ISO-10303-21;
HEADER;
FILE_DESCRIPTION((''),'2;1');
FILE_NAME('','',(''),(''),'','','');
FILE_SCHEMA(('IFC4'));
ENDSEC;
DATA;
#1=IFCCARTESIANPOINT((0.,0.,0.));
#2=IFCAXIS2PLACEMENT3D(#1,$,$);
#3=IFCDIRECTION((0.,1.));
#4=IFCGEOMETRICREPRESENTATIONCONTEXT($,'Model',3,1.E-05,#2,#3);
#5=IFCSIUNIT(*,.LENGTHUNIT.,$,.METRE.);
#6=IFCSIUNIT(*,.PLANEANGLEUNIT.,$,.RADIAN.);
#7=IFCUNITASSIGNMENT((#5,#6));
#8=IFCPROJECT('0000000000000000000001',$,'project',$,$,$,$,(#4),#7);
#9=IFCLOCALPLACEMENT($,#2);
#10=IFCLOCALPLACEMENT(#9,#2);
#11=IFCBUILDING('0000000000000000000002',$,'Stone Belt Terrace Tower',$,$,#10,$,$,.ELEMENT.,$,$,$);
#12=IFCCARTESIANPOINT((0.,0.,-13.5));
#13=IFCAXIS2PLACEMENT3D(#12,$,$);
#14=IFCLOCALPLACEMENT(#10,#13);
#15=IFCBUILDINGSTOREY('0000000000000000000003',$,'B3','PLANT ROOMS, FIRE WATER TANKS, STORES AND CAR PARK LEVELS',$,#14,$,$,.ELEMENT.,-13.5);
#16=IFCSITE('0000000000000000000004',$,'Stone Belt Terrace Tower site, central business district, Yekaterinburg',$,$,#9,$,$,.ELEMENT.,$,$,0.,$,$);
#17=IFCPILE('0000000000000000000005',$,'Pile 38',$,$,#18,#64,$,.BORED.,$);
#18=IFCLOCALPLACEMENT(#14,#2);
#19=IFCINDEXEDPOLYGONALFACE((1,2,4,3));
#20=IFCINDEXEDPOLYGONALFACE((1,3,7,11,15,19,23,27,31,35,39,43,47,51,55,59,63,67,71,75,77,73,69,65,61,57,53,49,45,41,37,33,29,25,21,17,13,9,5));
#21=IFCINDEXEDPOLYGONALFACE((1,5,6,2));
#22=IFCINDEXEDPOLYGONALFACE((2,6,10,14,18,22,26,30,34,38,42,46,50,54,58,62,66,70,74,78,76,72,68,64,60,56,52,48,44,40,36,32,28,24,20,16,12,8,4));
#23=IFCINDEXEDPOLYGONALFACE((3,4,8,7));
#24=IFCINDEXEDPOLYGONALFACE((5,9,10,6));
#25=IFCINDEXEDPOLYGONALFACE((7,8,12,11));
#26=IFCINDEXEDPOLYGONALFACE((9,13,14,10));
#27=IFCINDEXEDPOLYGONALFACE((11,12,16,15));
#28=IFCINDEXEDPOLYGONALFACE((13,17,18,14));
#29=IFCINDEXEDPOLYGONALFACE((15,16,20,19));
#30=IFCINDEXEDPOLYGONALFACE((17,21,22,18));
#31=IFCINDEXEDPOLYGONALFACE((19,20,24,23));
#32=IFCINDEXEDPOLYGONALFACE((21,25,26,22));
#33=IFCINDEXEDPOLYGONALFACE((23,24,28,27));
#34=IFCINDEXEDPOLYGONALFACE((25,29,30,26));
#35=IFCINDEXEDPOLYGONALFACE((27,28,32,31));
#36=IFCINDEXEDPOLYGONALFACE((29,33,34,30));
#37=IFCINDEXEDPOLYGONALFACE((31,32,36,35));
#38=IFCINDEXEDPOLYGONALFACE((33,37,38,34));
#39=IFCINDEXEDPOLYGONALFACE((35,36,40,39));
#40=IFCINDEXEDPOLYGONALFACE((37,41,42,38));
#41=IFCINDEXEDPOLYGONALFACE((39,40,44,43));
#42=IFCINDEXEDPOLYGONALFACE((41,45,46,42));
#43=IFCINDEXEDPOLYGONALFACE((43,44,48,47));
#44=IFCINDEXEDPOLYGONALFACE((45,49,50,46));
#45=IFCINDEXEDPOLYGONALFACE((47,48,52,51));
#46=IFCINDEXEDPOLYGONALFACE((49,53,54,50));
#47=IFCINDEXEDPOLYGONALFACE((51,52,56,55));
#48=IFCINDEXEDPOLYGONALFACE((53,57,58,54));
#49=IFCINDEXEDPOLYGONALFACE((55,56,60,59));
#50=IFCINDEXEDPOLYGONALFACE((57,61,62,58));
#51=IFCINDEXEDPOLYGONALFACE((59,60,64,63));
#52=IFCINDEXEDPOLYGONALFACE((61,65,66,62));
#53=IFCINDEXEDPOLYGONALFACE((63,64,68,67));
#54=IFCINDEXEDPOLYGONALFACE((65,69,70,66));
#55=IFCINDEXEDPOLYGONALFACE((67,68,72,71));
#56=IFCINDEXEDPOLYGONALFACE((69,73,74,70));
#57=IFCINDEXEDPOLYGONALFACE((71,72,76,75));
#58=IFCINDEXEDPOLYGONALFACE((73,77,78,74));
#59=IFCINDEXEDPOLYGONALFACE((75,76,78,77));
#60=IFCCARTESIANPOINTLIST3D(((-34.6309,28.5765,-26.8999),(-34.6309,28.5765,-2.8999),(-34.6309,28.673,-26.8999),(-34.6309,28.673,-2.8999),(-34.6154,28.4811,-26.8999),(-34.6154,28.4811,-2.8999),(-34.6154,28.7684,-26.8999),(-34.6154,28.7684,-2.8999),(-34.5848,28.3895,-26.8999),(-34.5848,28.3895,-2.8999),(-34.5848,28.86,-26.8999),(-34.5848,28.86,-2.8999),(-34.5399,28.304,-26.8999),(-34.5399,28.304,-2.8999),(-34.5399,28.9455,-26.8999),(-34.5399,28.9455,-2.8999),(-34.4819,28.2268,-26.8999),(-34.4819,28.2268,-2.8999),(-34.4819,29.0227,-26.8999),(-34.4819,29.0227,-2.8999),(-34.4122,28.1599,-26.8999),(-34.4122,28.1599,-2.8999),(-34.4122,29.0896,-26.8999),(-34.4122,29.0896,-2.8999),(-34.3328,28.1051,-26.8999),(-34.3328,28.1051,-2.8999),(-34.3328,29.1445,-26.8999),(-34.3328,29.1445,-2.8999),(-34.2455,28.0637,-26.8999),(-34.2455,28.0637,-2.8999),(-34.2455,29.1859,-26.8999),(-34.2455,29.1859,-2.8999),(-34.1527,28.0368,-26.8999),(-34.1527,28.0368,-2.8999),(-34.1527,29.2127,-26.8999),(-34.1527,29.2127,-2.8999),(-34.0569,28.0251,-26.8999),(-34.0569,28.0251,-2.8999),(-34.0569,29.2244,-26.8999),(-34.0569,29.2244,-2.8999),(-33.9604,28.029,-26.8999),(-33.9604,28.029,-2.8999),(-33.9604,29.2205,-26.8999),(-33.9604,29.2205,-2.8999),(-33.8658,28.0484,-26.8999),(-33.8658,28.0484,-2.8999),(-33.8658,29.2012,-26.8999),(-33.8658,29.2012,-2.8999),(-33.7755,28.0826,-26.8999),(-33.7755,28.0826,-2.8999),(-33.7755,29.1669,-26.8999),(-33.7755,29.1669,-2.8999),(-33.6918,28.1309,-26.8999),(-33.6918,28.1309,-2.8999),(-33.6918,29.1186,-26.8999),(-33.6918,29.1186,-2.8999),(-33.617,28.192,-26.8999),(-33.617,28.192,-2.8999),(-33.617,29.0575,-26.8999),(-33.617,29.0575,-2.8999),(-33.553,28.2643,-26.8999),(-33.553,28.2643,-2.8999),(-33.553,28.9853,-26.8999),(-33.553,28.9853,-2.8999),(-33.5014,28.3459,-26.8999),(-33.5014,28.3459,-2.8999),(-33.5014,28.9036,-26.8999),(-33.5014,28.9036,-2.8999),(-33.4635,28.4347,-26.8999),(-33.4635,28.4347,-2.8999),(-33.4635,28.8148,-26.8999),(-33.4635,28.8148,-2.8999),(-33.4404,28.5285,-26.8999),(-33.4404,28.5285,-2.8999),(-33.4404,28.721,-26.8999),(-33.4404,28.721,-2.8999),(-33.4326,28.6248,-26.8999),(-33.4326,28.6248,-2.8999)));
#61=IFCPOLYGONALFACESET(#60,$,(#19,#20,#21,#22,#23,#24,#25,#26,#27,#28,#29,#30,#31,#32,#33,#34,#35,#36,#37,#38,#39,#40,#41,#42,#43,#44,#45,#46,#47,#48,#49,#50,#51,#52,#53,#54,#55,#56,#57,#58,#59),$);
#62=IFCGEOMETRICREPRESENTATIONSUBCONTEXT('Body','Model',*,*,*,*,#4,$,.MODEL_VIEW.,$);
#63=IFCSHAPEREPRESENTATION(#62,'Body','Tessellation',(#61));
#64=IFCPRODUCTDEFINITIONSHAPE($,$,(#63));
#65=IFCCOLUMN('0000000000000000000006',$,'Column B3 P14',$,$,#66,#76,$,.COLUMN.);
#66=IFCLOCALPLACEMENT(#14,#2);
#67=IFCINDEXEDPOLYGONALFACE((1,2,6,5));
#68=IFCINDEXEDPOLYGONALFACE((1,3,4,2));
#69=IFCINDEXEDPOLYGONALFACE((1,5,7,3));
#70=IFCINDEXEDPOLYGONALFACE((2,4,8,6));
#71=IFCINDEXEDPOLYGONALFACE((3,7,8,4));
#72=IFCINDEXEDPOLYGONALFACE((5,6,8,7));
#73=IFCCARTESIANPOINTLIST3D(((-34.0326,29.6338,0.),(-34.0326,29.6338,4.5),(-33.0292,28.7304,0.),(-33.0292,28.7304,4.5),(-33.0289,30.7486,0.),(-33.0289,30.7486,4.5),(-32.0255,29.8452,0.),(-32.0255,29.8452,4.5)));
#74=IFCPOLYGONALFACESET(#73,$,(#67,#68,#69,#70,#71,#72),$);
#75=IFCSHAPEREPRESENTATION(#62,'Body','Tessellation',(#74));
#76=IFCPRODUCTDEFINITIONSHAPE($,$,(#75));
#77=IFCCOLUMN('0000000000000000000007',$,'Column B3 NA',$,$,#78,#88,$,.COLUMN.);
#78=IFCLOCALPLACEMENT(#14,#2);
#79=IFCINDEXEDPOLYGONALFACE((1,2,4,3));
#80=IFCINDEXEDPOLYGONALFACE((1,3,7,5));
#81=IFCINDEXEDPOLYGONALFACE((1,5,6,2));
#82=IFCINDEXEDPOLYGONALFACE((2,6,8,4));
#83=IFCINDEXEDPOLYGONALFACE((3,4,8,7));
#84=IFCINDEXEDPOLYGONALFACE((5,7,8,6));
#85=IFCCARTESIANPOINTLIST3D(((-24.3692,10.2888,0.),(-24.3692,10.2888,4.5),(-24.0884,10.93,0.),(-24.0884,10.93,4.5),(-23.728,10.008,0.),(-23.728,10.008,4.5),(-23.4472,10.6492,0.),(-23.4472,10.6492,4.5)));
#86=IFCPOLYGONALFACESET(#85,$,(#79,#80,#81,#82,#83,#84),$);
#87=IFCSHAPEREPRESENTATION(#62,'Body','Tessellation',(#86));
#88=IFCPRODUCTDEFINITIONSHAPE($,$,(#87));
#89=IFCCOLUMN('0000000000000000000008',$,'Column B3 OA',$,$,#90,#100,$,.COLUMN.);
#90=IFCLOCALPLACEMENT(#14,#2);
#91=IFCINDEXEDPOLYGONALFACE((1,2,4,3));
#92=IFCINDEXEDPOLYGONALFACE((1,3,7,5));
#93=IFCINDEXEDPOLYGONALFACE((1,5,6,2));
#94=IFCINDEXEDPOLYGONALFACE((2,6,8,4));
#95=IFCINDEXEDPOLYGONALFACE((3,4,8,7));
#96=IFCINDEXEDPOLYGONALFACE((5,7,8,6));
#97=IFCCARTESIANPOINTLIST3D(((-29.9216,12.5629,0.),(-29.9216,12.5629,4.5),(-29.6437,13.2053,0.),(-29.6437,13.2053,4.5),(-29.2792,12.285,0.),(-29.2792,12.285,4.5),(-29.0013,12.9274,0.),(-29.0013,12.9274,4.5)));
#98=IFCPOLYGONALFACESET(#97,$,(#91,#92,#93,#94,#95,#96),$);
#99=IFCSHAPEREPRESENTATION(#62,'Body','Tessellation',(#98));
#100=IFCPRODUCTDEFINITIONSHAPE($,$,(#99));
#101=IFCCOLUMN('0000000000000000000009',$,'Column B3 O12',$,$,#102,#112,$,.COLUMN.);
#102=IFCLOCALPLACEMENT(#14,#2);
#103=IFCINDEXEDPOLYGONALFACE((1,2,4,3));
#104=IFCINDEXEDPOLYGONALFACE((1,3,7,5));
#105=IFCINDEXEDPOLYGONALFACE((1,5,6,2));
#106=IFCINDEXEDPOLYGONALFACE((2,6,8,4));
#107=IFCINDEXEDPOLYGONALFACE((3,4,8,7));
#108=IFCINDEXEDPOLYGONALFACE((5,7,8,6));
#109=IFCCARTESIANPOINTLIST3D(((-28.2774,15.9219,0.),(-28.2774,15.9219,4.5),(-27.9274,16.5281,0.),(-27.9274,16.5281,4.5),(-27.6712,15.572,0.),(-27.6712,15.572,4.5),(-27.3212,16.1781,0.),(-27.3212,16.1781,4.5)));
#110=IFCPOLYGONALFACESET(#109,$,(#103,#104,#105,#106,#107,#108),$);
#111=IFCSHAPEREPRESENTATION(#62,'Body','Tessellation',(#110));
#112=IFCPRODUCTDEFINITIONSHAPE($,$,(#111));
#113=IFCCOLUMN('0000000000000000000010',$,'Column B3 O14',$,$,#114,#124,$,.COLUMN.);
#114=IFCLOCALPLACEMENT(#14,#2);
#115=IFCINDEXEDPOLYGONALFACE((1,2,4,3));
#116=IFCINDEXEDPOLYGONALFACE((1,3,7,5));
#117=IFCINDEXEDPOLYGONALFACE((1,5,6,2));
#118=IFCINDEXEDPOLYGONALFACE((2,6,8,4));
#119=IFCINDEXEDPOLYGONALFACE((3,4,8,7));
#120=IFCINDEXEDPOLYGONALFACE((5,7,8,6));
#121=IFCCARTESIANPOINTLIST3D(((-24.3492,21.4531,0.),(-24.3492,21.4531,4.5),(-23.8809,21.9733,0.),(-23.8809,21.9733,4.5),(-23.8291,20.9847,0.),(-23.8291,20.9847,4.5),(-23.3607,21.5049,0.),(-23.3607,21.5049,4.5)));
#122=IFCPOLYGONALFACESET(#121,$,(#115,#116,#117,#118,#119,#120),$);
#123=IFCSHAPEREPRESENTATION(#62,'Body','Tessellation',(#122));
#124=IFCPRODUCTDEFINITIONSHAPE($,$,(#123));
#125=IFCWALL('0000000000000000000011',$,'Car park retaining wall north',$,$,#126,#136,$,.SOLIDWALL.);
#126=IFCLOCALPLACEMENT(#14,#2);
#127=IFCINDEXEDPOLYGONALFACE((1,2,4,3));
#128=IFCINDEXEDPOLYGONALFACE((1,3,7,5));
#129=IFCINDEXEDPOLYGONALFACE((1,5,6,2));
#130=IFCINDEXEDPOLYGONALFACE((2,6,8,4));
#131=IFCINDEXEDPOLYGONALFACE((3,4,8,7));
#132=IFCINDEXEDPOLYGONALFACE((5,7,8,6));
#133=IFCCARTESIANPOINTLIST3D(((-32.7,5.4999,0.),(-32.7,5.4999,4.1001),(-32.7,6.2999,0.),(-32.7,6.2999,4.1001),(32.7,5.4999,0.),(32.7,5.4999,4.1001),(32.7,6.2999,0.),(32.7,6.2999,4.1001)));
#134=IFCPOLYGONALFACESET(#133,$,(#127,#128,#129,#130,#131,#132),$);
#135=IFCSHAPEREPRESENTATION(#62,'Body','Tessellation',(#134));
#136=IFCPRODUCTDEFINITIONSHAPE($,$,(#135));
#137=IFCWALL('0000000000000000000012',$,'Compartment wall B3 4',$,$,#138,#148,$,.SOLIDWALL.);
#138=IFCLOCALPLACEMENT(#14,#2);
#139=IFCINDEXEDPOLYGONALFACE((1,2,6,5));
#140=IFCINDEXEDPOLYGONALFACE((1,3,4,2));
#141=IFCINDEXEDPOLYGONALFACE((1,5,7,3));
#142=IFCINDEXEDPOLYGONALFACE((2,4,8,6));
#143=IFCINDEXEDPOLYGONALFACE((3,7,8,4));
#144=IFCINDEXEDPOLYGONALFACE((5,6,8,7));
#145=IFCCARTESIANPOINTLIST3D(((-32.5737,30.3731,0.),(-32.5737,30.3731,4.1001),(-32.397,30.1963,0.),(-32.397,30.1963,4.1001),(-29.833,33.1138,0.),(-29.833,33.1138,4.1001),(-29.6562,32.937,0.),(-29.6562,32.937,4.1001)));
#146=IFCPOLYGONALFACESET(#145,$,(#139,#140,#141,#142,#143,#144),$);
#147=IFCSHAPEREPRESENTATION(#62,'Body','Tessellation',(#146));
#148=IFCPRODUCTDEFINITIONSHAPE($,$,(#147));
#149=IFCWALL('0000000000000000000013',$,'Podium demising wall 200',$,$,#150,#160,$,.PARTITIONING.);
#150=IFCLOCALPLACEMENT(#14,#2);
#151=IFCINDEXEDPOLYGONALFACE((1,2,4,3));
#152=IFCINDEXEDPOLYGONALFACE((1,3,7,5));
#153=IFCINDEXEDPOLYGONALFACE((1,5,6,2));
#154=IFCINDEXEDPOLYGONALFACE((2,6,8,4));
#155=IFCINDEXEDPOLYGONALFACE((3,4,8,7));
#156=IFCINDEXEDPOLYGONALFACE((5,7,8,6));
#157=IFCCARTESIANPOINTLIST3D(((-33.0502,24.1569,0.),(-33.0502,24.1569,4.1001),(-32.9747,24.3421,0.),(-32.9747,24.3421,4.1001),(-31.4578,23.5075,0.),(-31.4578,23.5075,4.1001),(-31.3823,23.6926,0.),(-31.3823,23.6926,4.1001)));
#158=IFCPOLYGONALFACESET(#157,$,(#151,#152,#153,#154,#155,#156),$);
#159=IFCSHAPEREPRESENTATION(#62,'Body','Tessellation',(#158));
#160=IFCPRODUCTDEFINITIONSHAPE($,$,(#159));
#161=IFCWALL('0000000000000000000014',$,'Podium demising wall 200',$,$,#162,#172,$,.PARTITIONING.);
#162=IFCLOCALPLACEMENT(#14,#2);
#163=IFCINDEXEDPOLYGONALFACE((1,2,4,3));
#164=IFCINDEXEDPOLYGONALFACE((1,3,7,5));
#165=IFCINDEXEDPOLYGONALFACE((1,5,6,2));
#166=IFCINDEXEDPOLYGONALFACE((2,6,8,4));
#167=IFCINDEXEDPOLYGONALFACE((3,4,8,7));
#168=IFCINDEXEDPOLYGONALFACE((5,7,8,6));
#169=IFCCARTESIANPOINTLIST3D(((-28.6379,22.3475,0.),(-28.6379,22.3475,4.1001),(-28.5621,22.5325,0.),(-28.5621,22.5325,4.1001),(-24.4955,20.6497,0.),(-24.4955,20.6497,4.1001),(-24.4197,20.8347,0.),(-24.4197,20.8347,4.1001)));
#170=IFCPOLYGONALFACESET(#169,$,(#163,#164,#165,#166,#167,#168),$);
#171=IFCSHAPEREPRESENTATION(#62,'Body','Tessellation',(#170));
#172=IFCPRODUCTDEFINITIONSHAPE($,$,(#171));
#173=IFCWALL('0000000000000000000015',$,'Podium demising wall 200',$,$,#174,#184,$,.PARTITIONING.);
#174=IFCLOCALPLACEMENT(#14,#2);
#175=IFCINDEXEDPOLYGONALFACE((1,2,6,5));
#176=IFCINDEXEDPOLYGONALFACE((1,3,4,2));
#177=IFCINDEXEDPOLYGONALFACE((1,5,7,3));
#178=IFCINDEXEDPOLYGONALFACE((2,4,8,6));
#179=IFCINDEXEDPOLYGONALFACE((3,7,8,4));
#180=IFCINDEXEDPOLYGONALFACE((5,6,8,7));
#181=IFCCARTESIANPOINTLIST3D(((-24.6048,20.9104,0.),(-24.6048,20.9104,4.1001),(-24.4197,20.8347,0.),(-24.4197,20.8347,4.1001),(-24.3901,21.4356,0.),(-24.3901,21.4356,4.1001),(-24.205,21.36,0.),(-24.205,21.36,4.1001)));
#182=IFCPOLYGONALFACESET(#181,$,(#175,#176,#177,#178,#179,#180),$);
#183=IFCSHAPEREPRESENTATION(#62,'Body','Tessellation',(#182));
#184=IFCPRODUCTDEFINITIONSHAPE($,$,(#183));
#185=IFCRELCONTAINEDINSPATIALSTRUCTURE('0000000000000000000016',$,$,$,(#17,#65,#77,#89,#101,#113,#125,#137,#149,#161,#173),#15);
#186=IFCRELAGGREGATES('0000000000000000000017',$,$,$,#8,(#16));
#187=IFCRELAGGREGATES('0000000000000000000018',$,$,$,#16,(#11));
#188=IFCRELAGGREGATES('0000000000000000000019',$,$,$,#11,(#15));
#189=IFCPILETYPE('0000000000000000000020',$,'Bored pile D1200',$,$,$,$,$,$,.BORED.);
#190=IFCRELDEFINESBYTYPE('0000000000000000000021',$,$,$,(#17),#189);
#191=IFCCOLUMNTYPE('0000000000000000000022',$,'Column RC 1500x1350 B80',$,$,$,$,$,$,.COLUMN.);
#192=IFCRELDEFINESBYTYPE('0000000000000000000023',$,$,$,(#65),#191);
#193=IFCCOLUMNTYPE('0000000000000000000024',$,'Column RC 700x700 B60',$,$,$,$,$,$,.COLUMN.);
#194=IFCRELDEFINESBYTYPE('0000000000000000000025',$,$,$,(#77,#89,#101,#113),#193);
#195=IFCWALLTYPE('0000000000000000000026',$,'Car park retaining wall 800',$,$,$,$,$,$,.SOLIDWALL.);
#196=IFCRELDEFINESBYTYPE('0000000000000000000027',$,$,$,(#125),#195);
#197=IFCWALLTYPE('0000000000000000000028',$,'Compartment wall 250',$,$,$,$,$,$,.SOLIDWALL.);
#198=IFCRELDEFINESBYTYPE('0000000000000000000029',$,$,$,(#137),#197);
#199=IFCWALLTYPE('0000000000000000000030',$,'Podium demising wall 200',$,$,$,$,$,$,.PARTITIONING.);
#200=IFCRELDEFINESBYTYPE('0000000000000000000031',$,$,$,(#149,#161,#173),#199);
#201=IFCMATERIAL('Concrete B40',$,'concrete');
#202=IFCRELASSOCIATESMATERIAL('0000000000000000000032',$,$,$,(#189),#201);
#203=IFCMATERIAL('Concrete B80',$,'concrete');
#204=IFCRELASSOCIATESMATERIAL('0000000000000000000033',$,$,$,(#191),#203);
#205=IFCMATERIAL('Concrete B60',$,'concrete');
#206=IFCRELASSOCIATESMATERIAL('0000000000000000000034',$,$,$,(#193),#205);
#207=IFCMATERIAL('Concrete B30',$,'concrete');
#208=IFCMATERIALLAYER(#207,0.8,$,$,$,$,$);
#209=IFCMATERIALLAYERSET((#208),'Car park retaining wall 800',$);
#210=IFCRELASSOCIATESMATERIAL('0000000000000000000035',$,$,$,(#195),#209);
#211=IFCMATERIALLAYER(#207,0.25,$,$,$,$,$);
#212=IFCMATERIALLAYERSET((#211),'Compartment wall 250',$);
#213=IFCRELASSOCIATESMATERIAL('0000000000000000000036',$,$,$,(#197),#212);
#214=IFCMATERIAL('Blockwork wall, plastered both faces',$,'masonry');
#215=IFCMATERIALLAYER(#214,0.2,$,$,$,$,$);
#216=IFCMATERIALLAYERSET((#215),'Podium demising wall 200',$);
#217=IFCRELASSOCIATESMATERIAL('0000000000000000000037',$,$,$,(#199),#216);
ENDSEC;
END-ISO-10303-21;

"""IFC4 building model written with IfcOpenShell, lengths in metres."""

from ifc_helpers import new_model, si_unit, direction, frame, frame_2d, origin, origin_2d, place, context, subcontext, project, spatial, rectangle, circle, extrude, material, layer, layer_set, material_profile, profile_set, type_object, element, save


model = new_model("IFC4")

# Units and contexts
model_context = context("Model", 3, precision=1e-05, world=origin(), true_north=direction((0.0, 1.0)))
body_context = subcontext(model_context, "Body", "Model", "MODEL_VIEW")
ifc_project = project(units=[si_unit("LENGTHUNIT", "METRE"), si_unit("PLANEANGLEUNIT", "RADIAN")], contexts=[model_context])

# Site, building, storey
site_placement = place(None, origin())
site = spatial("IfcSite", under=ifc_project, at=site_placement, Name="Stone Belt Terrace Tower site, central business district, Yekaterinburg", CompositionType="ELEMENT", RefElevation=0.0)
building_placement = place(site_placement, origin())
building = spatial("IfcBuilding", under=site, at=building_placement, Name="Stone Belt Terrace Tower", CompositionType="ELEMENT")
storey_placement = place(building_placement, frame((0.0, 0.0, -13.5)))
storey = spatial("IfcBuildingStorey", under=building, at=storey_placement, Name="B3", Description="PLANT ROOMS, FIRE WATER TANKS, STORES AND CAR PARK LEVELS", CompositionType="ELEMENT", Elevation=-13.5)

# Pile
ifc_material_1 = material(Name="Concrete B40", Category="concrete")
ifc_material_profile_1 = material_profile(ifc_material_1, circle(Radius=0.6001, at=origin_2d()), Name="PILE D1200")
ifc_profile_set_1 = profile_set([ifc_material_profile_1], Name="Concrete B40")
pile_type = type_object("IfcPileType", Name="Bored pile D1200", PredefinedType="BORED", material=ifc_profile_set_1)
for number, where, z_axis, x_axis, name in (
    (1, (-34.0327, 28.6248, -2.8999), (0.0, 0.0, -1.0), (1.0, 0.0, 0.0), "Pile 38"),
):
    element("IfcPile", number, at=place(storey_placement, frame(where, z_axis=z_axis, x_axis=x_axis)), inside=storey, type_object=pile_type, Name=name, PredefinedType="BORED", context=body_context, shape_type="SweptSolid", body=[
        extrude(circle(Radius=0.6001, at=origin_2d()), origin(), (0.0, 0.0, 1.0), 24.0),
    ])

# Columns
ifc_material_2 = material(Name="Concrete B80", Category="concrete")
ifc_material_profile_2 = material_profile(ifc_material_2, rectangle(XDim=1.5, YDim=1.3501, at=origin_2d()), Name="RC 1500x1350")
ifc_profile_set_2 = profile_set([ifc_material_profile_2], Name="Concrete B80")
column_type_1 = type_object("IfcColumnType", Name="Column RC 1500x1350 B80", PredefinedType="COLUMN", material=ifc_profile_set_2)
column_placement = place(storey_placement, frame((-33.0291, 29.7395, 0.0), z_axis=(0.0, 0.0, 1.0), x_axis=(0.669131, 0.743145, 0.0)))
element("IfcColumn", 2, at=column_placement, inside=storey, type_object=column_type_1, Name="Column B3 P14", PredefinedType="COLUMN", context=body_context, shape_type="SweptSolid", body=[
    extrude(rectangle(XDim=1.5, YDim=1.3501, at=origin_2d()), origin(), (0.0, 0.0, 1.0), 4.5),
])
ifc_material_3 = material(Name="Concrete B60", Category="concrete")
ifc_material_profile_3 = material_profile(ifc_material_3, rectangle(XDim=0.7, YDim=0.7, at=origin_2d()), Name="RC 700x700")
ifc_profile_set_3 = profile_set([ifc_material_profile_3], Name="Concrete B60")
column_type_2 = type_object("IfcColumnType", Name="Column RC 700x700 B60", PredefinedType="COLUMN", material=ifc_profile_set_3)
for number, where, z_axis, x_axis, name in (
    (3, (-23.9082, 10.469, 0.0), (0.0, 0.0, 1.0), (0.401115, 0.916028, 0.0), "Column B3 NA"),
    (4, (-29.4614, 12.7451, 0.0), (0.0, 0.0, 1.0), (0.397044, 0.9178, 0.0), "Column B3 OA"),
    (5, (-27.7993, 16.05, 0.0), (0.0, 0.0, 1.0), (0.5, 0.866025, 0.0), "Column B3 O12"),
    (6, (-23.855, 21.479, 0.0), (0.0, 0.0, 1.0), (0.669131, 0.743145, 0.0), "Column B3 O14"),
):
    element("IfcColumn", number, at=place(storey_placement, frame(where, z_axis=z_axis, x_axis=x_axis)), inside=storey, type_object=column_type_2, Name=name, PredefinedType="COLUMN", context=body_context, shape_type="SweptSolid", body=[
        extrude(rectangle(XDim=0.7, YDim=0.7, at=origin_2d()), origin(), (0.0, 0.0, 1.0), 4.5),
    ])

# Walls
ifc_material_4 = material(Name="Concrete B30", Category="concrete")
ifc_layer_1 = layer(ifc_material_4, 0.8)
ifc_layer_set_1 = layer_set([ifc_layer_1], Name="Car park retaining wall 800")
wall_type_1 = type_object("IfcWallType", Name="Car park retaining wall 800", PredefinedType="SOLIDWALL", material=ifc_layer_set_1)
wall_1_placement = place(storey_placement, frame((-32.7, 5.8999, 0.0), z_axis=(0.0, 0.0, 1.0), x_axis=(1.0, 0.0, 0.0)))
element("IfcWall", 7, at=wall_1_placement, inside=storey, type_object=wall_type_1, Name="Car park retaining wall north", PredefinedType="SOLIDWALL", context=body_context, shape_type="SweptSolid", body=[
    extrude(rectangle(XDim=65.3999, YDim=0.8, at=frame_2d((32.7, 0.0))), origin(), (0.0, 0.0, 1.0), 4.1001),
])
ifc_layer_2 = layer(ifc_material_4, 0.25)
ifc_layer_set_2 = layer_set([ifc_layer_2], Name="Compartment wall 250")
wall_type_2 = type_object("IfcWallType", Name="Compartment wall 250", PredefinedType="SOLIDWALL", material=ifc_layer_set_2)
wall_2_placement = place(storey_placement, frame((-32.4854, 30.2847, 0.0), z_axis=(0.0, 0.0, 1.0), x_axis=(0.707107, 0.707107, 0.0)))
element("IfcWall", 8, at=wall_2_placement, inside=storey, type_object=wall_type_2, Name="Compartment wall B3 4", PredefinedType="SOLIDWALL", context=body_context, shape_type="SweptSolid", body=[
    extrude(rectangle(XDim=3.876, YDim=0.25, at=frame_2d((1.938, 0.0))), origin(), (0.0, 0.0, 1.0), 4.1001),
])
ifc_material_5 = material(Name="Blockwork wall, plastered both faces", Category="masonry")
ifc_layer_3 = layer(ifc_material_5, 0.2)
ifc_layer_set_3 = layer_set([ifc_layer_3], Name="Podium demising wall 200")
wall_type_3 = type_object("IfcWallType", Name="Podium demising wall 200", PredefinedType="PARTITIONING", material=ifc_layer_set_3)
wall_3_placement = place(storey_placement, frame((-33.0125, 24.2495, 0.0), z_axis=(0.0, 0.0, 1.0), x_axis=(0.925949, -0.377649, 0.0)))
element("IfcWall", 9, at=wall_3_placement, inside=storey, type_object=wall_type_3, Name="Podium demising wall 200", PredefinedType="PARTITIONING", context=body_context, shape_type="SweptSolid", body=[
    extrude(rectangle(XDim=1.7197, YDim=0.2, at=frame_2d((0.8599, 0.0))), origin(), (0.0, 0.0, 1.0), 4.1001),
])
wall_4_placement = place(storey_placement, frame((-28.5999, 22.4399, 0.0), z_axis=(0.0, 0.0, 1.0), x_axis=(0.925299, -0.379238, 0.0)))
element("IfcWall", 10, at=wall_4_placement, inside=storey, type_object=wall_type_3, Name="Podium demising wall 200", PredefinedType="PARTITIONING", context=body_context, shape_type="SweptSolid", body=[
    extrude(rectangle(XDim=4.4768, YDim=0.2, at=frame_2d((2.2383, 0.0))), origin(), (0.0, 0.0, 1.0), 4.1001),
])
wall_5_placement = place(storey_placement, frame((-24.5122, 20.8726, 0.0), z_axis=(0.0, 0.0, 1.0), x_axis=(0.378281, 0.925691, 0.0)))
element("IfcWall", 11, at=wall_5_placement, inside=storey, type_object=wall_type_3, Name="Podium demising wall 200", PredefinedType="PARTITIONING", context=body_context, shape_type="SweptSolid", body=[
    extrude(rectangle(XDim=0.5674, YDim=0.2, at=frame_2d((0.2837, 0.0))), origin(), (0.0, 0.0, 1.0), 4.1001),
])

save(model, "model.ifc")
